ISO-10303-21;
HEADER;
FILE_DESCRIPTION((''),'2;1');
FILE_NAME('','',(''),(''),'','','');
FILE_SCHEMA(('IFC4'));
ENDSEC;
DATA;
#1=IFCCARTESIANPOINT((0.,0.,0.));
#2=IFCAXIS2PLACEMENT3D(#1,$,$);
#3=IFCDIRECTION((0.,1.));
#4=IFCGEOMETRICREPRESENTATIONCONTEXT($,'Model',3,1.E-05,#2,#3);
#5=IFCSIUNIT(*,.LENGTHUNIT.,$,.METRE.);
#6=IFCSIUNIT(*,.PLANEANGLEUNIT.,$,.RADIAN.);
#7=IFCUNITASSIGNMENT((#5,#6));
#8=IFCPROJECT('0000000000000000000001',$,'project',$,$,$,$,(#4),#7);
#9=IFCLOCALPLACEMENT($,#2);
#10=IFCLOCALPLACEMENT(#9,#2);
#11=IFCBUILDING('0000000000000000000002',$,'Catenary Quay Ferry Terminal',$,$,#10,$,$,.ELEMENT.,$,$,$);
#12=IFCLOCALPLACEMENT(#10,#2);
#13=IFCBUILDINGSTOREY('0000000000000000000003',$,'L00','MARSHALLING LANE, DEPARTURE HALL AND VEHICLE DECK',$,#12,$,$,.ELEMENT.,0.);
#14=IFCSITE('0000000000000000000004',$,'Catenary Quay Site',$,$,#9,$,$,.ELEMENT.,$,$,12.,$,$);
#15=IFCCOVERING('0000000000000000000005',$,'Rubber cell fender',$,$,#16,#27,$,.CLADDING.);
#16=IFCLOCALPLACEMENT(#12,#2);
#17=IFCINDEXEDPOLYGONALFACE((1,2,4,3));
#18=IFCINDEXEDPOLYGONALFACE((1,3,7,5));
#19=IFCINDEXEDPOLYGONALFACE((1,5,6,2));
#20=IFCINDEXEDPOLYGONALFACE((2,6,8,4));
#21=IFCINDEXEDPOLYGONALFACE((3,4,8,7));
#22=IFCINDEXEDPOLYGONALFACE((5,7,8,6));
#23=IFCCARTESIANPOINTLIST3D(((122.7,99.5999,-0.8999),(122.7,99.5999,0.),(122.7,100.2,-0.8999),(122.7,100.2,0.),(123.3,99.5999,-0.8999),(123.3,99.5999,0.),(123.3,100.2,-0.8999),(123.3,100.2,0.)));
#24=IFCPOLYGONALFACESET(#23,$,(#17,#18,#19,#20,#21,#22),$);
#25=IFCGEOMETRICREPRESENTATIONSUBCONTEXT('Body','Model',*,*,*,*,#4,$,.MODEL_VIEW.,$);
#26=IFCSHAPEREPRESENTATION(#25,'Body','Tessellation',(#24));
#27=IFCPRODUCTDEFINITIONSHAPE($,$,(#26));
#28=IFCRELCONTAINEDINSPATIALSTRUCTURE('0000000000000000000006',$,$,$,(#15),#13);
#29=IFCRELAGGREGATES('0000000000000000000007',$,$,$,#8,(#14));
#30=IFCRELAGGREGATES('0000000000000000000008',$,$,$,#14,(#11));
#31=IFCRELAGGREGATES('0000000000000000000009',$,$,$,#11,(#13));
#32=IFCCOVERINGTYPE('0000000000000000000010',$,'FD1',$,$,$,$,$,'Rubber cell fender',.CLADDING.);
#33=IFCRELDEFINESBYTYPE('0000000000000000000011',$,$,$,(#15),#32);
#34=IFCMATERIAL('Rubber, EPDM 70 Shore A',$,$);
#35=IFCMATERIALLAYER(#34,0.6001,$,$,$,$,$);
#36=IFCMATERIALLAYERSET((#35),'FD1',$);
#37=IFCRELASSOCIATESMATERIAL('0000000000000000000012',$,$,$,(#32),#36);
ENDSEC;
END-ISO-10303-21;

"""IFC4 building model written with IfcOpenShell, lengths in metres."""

from ifc_helpers import new_model, si_unit, direction, frame, origin, origin_2d, place, context, subcontext, project, spatial, rectangle, extrude, material, layer, layer_set, type_object, element, save


model = new_model("IFC4")

# Units and contexts
model_context = context("Model", 3, precision=1e-05, world=origin(), true_north=direction((0.0, 1.0)))
body_context = subcontext(model_context, "Body", "Model", "MODEL_VIEW")
ifc_project = project(units=[si_unit("LENGTHUNIT", "METRE"), si_unit("PLANEANGLEUNIT", "RADIAN")], contexts=[model_context])

# Site, building, storey
site_placement = place(None, origin())
site = spatial("IfcSite", under=ifc_project, at=site_placement, Name="Catenary Quay Site", CompositionType="ELEMENT", RefElevation=12.0)
building_placement = place(site_placement, origin())
building = spatial("IfcBuilding", under=site, at=building_placement, Name="Catenary Quay Ferry Terminal", CompositionType="ELEMENT")
storey_placement = place(building_placement, origin())
storey = spatial("IfcBuildingStorey", under=building, at=storey_placement, Name="L00", Description="MARSHALLING LANE, DEPARTURE HALL AND VEHICLE DECK", CompositionType="ELEMENT", Elevation=0.0)

# Covering
ifc_material_1 = material(Name="Rubber, EPDM 70 Shore A")
ifc_layer = layer(ifc_material_1, 0.6001)
ifc_layer_set = layer_set([ifc_layer], Name="FD1")
covering_type = type_object("IfcCoveringType", Name="FD1", ElementType="Rubber cell fender", PredefinedType="CLADDING", material=ifc_layer_set)
covering_placement = place(storey_placement, frame((123.0, 99.8999, -0.8999), z_axis=(0.0, 0.0, 1.0), x_axis=(1.0, 0.0, 0.0)))
element("IfcCovering", 1, at=covering_placement, inside=storey, type_object=covering_type, Name="Rubber cell fender", PredefinedType="CLADDING", context=body_context, shape_type="SweptSolid", body=[
    extrude(rectangle(XDim=0.6001, YDim=0.6001, at=origin_2d()), origin(), (0.0, 0.0, 1.0), 0.8999),
])

save(model, "model.ifc")
